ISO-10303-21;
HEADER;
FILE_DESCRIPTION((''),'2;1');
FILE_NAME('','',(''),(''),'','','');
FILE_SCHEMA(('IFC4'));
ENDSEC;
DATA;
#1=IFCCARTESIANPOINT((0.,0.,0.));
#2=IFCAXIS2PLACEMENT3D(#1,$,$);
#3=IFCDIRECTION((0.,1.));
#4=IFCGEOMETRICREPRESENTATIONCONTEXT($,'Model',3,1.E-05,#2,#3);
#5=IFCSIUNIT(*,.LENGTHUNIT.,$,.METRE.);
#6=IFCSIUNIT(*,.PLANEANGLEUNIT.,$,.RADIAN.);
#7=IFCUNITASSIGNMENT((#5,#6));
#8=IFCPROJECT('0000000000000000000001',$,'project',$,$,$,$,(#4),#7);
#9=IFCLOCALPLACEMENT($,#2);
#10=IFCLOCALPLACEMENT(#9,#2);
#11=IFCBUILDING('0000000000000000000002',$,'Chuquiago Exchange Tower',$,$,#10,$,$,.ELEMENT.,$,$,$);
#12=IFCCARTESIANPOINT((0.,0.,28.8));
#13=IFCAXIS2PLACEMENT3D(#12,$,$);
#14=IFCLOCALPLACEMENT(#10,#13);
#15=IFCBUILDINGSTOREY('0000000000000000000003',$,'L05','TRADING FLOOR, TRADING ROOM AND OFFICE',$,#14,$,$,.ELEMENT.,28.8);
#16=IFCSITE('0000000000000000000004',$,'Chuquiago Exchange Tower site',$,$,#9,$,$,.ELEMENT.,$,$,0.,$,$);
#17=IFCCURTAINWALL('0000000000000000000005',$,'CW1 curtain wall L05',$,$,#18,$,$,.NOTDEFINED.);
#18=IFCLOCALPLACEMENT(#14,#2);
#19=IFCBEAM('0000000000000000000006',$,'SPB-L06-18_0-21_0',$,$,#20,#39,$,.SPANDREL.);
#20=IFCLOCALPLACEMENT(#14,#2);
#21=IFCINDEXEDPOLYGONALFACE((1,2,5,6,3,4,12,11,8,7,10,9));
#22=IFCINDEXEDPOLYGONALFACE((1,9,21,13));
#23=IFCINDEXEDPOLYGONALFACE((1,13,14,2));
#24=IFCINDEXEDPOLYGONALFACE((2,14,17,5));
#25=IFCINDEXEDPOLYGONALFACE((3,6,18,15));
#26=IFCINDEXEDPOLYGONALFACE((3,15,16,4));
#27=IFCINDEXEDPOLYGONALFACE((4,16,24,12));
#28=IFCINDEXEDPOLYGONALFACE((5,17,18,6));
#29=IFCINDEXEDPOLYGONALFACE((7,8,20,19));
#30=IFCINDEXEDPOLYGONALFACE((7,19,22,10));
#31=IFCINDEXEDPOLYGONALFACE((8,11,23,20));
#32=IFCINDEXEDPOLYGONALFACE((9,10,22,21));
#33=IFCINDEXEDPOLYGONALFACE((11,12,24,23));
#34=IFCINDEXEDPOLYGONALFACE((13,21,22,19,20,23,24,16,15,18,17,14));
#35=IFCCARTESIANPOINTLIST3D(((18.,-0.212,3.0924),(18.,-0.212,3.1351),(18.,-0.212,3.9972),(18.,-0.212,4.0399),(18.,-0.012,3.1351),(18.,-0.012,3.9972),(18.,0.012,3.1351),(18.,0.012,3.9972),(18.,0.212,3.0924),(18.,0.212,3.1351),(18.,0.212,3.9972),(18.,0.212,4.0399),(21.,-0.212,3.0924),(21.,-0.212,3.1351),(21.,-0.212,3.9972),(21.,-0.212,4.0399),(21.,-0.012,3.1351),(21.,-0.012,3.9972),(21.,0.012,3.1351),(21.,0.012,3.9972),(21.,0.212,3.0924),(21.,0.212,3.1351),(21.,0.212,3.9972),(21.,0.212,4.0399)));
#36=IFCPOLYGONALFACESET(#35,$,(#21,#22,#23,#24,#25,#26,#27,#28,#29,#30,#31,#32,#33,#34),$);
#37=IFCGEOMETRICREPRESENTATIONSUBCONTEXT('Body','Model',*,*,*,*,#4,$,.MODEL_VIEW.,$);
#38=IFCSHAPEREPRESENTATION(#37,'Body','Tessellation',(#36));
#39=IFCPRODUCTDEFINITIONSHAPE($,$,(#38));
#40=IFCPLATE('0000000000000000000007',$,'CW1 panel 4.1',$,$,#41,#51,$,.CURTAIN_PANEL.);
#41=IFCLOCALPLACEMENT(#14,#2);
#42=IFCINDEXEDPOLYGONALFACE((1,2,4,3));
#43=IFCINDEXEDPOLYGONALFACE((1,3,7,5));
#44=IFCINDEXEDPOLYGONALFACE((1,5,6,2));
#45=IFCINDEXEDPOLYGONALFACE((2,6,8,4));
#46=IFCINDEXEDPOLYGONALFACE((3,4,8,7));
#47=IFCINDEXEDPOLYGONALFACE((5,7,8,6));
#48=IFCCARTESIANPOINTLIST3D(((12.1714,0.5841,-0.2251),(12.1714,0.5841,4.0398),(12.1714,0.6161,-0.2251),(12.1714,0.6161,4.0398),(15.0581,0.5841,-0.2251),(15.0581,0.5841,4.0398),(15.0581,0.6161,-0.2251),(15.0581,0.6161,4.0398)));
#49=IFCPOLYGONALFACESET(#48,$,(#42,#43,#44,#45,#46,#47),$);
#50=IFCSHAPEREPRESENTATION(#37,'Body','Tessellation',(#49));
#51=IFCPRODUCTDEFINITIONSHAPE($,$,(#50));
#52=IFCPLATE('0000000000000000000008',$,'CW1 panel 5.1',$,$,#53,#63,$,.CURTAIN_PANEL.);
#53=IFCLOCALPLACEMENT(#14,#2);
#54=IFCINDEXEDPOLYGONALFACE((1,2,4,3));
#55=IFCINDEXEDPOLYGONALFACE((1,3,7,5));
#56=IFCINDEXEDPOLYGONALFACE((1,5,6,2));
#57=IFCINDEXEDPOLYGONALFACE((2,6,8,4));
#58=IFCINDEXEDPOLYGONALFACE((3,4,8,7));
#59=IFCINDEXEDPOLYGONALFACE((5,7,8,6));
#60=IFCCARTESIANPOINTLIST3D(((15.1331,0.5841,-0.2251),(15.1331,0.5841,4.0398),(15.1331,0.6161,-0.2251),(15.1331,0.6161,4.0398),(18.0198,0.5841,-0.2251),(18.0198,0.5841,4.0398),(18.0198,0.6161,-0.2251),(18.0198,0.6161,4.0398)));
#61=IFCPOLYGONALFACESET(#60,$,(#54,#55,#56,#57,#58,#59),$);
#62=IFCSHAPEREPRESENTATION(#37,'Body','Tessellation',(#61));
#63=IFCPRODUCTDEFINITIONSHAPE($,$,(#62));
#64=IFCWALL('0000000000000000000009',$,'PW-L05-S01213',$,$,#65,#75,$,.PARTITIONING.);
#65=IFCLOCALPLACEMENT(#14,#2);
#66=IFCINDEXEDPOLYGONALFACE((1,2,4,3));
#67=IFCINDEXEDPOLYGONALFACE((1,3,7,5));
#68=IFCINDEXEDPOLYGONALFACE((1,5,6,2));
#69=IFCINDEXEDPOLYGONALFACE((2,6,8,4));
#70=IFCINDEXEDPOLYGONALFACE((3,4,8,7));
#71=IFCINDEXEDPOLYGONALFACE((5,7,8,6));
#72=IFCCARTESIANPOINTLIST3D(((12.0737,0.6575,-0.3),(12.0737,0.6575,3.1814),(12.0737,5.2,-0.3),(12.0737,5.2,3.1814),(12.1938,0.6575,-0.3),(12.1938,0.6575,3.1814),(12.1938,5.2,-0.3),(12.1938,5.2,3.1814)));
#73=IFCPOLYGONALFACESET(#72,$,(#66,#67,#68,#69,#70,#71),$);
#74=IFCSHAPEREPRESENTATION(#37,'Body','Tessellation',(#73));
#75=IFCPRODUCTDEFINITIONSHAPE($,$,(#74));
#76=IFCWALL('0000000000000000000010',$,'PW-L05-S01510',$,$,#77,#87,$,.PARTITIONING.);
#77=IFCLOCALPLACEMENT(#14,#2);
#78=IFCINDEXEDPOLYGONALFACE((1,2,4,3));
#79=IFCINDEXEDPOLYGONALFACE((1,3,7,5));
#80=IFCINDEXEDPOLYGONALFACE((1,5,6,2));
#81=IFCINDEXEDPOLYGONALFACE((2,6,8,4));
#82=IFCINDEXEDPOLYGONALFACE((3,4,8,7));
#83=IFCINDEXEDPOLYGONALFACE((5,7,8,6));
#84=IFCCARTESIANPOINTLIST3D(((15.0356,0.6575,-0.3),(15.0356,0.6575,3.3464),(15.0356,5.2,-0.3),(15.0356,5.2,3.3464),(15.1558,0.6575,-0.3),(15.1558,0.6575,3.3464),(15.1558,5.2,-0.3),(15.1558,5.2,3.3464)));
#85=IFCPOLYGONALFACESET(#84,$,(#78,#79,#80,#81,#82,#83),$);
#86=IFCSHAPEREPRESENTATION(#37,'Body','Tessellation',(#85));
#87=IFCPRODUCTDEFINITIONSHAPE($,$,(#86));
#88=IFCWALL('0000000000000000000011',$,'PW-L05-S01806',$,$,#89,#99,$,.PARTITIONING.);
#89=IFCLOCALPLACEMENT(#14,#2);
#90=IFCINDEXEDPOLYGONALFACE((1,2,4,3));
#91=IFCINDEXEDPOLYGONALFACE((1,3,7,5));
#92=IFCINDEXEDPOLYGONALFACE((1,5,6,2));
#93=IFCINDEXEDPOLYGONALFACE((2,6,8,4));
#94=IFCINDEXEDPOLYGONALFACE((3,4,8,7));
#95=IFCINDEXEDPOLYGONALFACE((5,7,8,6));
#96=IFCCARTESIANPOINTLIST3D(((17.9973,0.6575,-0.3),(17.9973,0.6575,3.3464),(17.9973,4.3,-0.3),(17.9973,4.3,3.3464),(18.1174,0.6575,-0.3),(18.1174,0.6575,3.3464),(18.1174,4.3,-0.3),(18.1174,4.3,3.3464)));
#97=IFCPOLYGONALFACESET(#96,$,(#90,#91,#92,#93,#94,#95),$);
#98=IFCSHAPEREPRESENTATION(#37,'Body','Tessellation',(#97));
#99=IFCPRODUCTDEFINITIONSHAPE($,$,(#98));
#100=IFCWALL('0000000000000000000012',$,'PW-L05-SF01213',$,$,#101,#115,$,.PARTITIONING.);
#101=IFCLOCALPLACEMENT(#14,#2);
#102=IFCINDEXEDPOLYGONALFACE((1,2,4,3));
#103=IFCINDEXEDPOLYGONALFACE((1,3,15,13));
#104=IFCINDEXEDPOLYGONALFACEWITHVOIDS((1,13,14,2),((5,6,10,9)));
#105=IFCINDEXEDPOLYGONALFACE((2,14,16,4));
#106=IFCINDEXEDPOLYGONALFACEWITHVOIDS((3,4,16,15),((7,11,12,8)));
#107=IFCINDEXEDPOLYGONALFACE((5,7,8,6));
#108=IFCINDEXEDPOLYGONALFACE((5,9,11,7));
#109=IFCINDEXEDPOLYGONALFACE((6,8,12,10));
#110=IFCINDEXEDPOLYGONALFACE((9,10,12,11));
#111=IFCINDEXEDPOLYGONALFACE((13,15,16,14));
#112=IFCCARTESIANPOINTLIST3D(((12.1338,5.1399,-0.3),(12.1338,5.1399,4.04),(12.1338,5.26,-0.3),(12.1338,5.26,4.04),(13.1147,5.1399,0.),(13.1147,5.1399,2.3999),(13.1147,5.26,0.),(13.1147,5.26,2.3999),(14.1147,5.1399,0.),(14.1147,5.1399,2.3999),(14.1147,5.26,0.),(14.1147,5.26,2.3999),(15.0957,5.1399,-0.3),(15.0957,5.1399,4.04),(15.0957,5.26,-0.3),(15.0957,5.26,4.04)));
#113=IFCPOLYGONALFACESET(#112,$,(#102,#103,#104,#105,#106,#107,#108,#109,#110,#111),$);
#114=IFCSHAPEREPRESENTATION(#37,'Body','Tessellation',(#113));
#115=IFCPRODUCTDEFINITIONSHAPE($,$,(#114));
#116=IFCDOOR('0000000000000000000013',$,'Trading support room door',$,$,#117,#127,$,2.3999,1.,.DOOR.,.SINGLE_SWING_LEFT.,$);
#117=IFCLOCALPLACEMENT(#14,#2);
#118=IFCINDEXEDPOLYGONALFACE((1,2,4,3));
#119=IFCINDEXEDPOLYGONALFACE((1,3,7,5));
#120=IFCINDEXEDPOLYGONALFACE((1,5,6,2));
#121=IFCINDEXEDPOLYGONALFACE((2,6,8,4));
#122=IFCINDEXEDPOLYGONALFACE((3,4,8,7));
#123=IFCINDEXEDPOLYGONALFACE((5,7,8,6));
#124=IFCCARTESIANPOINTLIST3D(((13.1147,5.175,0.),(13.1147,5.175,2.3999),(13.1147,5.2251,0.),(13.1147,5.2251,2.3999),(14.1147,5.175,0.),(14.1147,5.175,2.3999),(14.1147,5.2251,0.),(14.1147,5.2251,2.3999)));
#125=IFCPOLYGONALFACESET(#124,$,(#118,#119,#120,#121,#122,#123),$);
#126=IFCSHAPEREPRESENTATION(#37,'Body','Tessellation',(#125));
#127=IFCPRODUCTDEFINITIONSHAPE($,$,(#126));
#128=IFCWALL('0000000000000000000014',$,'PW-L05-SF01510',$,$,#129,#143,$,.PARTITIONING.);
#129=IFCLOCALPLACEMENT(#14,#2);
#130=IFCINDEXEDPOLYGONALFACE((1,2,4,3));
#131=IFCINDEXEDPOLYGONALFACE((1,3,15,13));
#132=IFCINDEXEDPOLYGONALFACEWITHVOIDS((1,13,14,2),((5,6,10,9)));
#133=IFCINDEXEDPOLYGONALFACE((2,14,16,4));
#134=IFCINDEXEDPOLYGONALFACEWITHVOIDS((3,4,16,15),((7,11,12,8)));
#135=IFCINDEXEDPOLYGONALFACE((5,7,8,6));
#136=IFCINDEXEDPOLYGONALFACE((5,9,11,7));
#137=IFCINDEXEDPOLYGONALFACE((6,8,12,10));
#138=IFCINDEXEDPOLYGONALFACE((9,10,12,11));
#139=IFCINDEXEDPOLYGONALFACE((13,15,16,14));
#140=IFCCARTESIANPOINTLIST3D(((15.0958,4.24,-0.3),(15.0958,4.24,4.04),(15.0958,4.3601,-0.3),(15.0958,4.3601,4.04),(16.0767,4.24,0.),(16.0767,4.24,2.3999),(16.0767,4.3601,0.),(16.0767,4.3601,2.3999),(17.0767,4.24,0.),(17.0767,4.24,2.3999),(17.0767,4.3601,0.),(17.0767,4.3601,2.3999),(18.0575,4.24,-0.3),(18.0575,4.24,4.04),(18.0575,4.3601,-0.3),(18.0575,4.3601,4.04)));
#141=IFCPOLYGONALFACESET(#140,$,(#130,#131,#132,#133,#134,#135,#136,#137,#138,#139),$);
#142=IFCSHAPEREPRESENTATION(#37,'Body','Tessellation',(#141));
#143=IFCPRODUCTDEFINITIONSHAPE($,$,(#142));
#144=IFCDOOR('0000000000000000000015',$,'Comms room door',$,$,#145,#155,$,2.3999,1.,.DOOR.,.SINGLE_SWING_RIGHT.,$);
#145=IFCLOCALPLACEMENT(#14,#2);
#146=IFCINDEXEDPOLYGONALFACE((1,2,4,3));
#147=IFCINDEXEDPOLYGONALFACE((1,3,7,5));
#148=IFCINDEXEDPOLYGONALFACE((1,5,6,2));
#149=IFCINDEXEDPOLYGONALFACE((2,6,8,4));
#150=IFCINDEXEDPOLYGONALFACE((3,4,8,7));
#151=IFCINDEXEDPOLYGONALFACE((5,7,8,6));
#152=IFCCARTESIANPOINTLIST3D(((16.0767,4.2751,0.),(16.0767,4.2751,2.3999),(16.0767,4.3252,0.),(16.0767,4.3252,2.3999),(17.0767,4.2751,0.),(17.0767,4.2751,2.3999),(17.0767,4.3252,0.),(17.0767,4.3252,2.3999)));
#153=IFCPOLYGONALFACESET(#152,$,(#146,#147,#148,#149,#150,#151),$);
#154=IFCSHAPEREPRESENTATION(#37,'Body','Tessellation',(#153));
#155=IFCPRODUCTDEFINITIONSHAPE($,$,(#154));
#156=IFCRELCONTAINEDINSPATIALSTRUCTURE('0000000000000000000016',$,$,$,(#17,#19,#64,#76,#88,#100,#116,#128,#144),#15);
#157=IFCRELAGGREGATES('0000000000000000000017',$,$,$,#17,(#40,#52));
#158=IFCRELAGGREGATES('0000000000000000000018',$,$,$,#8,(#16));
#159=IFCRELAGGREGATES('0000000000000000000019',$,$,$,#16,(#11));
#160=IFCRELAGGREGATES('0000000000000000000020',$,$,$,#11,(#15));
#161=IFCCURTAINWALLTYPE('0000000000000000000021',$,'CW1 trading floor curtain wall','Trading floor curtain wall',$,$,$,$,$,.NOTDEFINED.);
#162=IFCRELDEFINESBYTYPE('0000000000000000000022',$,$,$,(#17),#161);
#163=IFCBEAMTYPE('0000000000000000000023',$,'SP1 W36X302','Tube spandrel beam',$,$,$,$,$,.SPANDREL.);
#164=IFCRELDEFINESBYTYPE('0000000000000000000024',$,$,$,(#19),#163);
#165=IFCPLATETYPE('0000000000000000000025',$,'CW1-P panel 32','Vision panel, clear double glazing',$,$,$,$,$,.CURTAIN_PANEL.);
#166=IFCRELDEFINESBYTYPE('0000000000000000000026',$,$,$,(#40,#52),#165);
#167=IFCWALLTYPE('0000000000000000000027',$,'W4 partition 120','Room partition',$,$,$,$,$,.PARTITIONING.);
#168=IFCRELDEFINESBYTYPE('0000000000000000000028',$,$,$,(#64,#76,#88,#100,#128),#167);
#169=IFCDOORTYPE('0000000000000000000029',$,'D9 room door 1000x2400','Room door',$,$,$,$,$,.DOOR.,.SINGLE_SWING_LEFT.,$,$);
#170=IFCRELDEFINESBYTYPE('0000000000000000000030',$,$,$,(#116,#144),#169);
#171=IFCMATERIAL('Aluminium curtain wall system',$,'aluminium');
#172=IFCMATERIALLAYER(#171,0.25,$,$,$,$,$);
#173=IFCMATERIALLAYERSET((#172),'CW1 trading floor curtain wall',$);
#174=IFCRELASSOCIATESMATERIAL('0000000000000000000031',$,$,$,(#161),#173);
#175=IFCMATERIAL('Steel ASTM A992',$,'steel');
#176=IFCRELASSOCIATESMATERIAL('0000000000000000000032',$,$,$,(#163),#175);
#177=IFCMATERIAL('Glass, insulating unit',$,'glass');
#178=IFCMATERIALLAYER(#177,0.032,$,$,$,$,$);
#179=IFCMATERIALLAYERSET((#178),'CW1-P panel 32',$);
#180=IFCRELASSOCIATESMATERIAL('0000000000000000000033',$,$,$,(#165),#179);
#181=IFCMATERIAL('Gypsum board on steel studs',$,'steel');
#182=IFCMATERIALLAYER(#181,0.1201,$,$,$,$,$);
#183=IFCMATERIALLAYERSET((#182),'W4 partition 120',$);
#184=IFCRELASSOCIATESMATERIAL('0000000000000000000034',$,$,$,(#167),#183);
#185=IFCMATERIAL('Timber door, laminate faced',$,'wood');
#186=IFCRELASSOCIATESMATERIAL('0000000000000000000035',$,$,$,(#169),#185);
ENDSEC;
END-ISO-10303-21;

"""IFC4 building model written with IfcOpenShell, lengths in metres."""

from ifc_helpers import new_model, si_unit, direction, frame, frame_2d, origin, origin_2d, place, context, subcontext, project, spatial, rectangle, i_section, extrude, material, layer, layer_set, material_profile, profile_set, type_object, element, fill, aggregate, save


model = new_model("IFC4")

# Units and contexts
model_context = context("Model", 3, precision=1e-05, world=origin(), true_north=direction((0.0, 1.0)))
body_context = subcontext(model_context, "Body", "Model", "MODEL_VIEW")
ifc_project = project(units=[si_unit("LENGTHUNIT", "METRE"), si_unit("PLANEANGLEUNIT", "RADIAN")], contexts=[model_context])

# Site, building, storey
site_placement = place(None, origin())
site = spatial("IfcSite", under=ifc_project, at=site_placement, Name="Chuquiago Exchange Tower site", CompositionType="ELEMENT", RefElevation=0.0)
building_placement = place(site_placement, origin())
building = spatial("IfcBuilding", under=site, at=building_placement, Name="Chuquiago Exchange Tower", CompositionType="ELEMENT")
storey_placement = place(building_placement, frame((0.0, 0.0, 28.8)))
storey = spatial("IfcBuildingStorey", under=building, at=storey_placement, Name="L05", Description="TRADING FLOOR, TRADING ROOM AND OFFICE", CompositionType="ELEMENT", Elevation=28.8)

# Curtain wall
ifc_material_1 = material(Name="Aluminium curtain wall system", Category="aluminium")
ifc_layer_1 = layer(ifc_material_1, 0.25)
ifc_layer_set_1 = layer_set([ifc_layer_1], Name="CW1 trading floor curtain wall")
curtain_wall_type = type_object("IfcCurtainWallType", Name="CW1 trading floor curtain wall", Description="Trading floor curtain wall", PredefinedType="NOTDEFINED", material=ifc_layer_set_1)
curtain_wall_placement = place(storey_placement, origin())
curtain_wall = element("IfcCurtainWall", 1, at=curtain_wall_placement, inside=storey, type_object=curtain_wall_type, Name="CW1 curtain wall L05", PredefinedType="NOTDEFINED")

# Beam
ifc_material_2 = material(Name="Steel ASTM A992", Category="steel")
ifc_material_profile_1 = material_profile(ifc_material_2, i_section(OverallWidth=0.4241, OverallDepth=0.9475, WebThickness=0.0239, FlangeThickness=0.0427, at=origin_2d()), Name="W36X302")
ifc_profile_set_1 = profile_set([ifc_material_profile_1], Name="Steel ASTM A992")
beam_type_1 = type_object("IfcBeamType", Name="SP1 W36X302", Description="Tube spandrel beam", PredefinedType="SPANDREL", material=ifc_profile_set_1)
for number, where, z_axis, x_axis, name in (
    (2, (18.0, 0.0, 3.5662), (1.0, 0.0, 0.0), (0.0, 1.0, 0.0), "SPB-L06-18_0-21_0"),
):
    element("IfcBeam", number, at=place(storey_placement, frame(where, z_axis=z_axis, x_axis=x_axis)), inside=storey, type_object=beam_type_1, Name=name, PredefinedType="SPANDREL", context=body_context, shape_type="SweptSolid", body=[
        extrude(i_section(OverallWidth=0.4241, OverallDepth=0.9475, WebThickness=0.0239, FlangeThickness=0.0427, at=origin_2d()), origin(), (0.0, 0.0, 1.0), 3.0),
    ])

# Plates
ifc_material_3 = material(Name="Glass, insulating unit", Category="glass")
ifc_layer_2 = layer(ifc_material_3, 0.032)
ifc_layer_set_2 = layer_set([ifc_layer_2], Name="CW1-P panel 32")
plate_type = type_object("IfcPlateType", Name="CW1-P panel 32", Description="Vision panel, clear double glazing", PredefinedType="CURTAIN_PANEL", material=ifc_layer_set_2)
plate_1_placement = place(storey_placement, frame((13.6147, 0.6001, -0.2251), z_axis=(0.0, 0.0, 1.0), x_axis=(1.0, 0.0, 0.0)))
plate_1 = element("IfcPlate", 3, at=plate_1_placement, type_object=plate_type, Name="CW1 panel 4.1", PredefinedType="CURTAIN_PANEL", context=body_context, shape_type="SweptSolid", body=[
    extrude(rectangle(XDim=2.8867, YDim=0.032, at=origin_2d()), origin(), (0.0, 0.0, 1.0), 4.2649),
])
plate_2_placement = place(storey_placement, frame((16.5764, 0.6001, -0.2251), z_axis=(0.0, 0.0, 1.0), x_axis=(1.0, 0.0, 0.0)))
plate_2 = element("IfcPlate", 4, at=plate_2_placement, type_object=plate_type, Name="CW1 panel 5.1", PredefinedType="CURTAIN_PANEL", context=body_context, shape_type="SweptSolid", body=[
    extrude(rectangle(XDim=2.8867, YDim=0.032, at=origin_2d()), origin(), (0.0, 0.0, 1.0), 4.2649),
])
aggregate(curtain_wall, [plate_1, plate_2])

# Walls
ifc_material_4 = material(Name="Gypsum board on steel studs", Category="steel")
ifc_layer_3 = layer(ifc_material_4, 0.1201)
ifc_layer_set_3 = layer_set([ifc_layer_3], Name="W4 partition 120")
wall_type = type_object("IfcWallType", Name="W4 partition 120", Description="Room partition", PredefinedType="PARTITIONING", material=ifc_layer_set_3)
wall_1_placement = place(storey_placement, frame((12.1338, 0.6575, -0.3), z_axis=(0.0, 0.0, 1.0), x_axis=(0.0, 1.0, 0.0)))
element("IfcWall", 5, at=wall_1_placement, inside=storey, type_object=wall_type, Name="PW-L05-S01213", PredefinedType="PARTITIONING", context=body_context, shape_type="SweptSolid", body=[
    extrude(rectangle(XDim=4.5425, YDim=0.1201, at=frame_2d((2.2712, 0.0))), origin(), (0.0, 0.0, 1.0), 3.4814),
])
wall_2_placement = place(storey_placement, frame((15.0957, 0.6575, -0.3), z_axis=(0.0, 0.0, 1.0), x_axis=(0.0, 1.0, 0.0)))
element("IfcWall", 6, at=wall_2_placement, inside=storey, type_object=wall_type, Name="PW-L05-S01510", PredefinedType="PARTITIONING", context=body_context, shape_type="SweptSolid", body=[
    extrude(rectangle(XDim=4.5425, YDim=0.1201, at=frame_2d((2.2712, 0.0))), origin(), (0.0, 0.0, 1.0), 3.6465),
])
wall_3_placement = place(storey_placement, frame((18.0574, 0.6575, -0.3), z_axis=(0.0, 0.0, 1.0), x_axis=(0.0, 1.0, 0.0)))
element("IfcWall", 7, at=wall_3_placement, inside=storey, type_object=wall_type, Name="PW-L05-S01806", PredefinedType="PARTITIONING", context=body_context, shape_type="SweptSolid", body=[
    extrude(rectangle(XDim=3.6426, YDim=0.1201, at=frame_2d((1.8213, 0.0))), origin(), (0.0, 0.0, 1.0), 3.6465),
])

# Walls, openings, doors
wall_4_placement = place(storey_placement, frame((12.1338, 5.2, -0.3), z_axis=(0.0, 0.0, 1.0), x_axis=(1.0, 0.0, 0.0)))
wall_4 = element("IfcWall", 8, at=wall_4_placement, inside=storey, type_object=wall_type, Name="PW-L05-SF01213", PredefinedType="PARTITIONING", context=body_context, shape_type="SweptSolid", body=[
    extrude(rectangle(XDim=2.9619, YDim=0.1201, at=frame_2d((1.481, 0.0))), origin(), (0.0, 0.0, 1.0), 4.3401),
])
opening_1_placement = place(wall_4_placement, frame((0.981, 0.0, 0.3)))
opening_1 = element("IfcOpeningElement", 9, at=opening_1_placement, cuts=wall_4, PredefinedType="OPENING", context=body_context, shape_type="SweptSolid", body=[
    extrude(rectangle(XDim=1.0, YDim=2.3999, at=frame_2d((0.5, 1.2))), frame((0.0, 0.0701, 0.0), z_axis=(0.0, -1.0, 0.0), x_axis=(1.0, 0.0, 0.0)), (0.0, 0.0, 1.0), 0.1401),
])
ifc_material_5 = material(Name="Timber door, laminate faced", Category="wood")
door_type = type_object("IfcDoorType", Name="D9 room door 1000x2400", Description="Room door", OperationType="SINGLE_SWING_LEFT", PredefinedType="DOOR", material=ifc_material_5)
door_1_placement = place(opening_1_placement, frame((1.0, 0.0, 0.0), z_axis=(0.0, 0.0, 1.0), x_axis=(-1.0, 0.0, 0.0)))
door_1 = element("IfcDoor", 10, at=door_1_placement, inside=storey, type_object=door_type, Name="Trading support room door", OperationType="SINGLE_SWING_LEFT", OverallHeight=2.3999, OverallWidth=1.0, PredefinedType="DOOR", context=body_context, shape_type="SweptSolid", body=[
    extrude(rectangle(XDim=1.0, YDim=2.3999, at=frame_2d((0.5, 1.2))), frame((0.0, 0.0249, 0.0), z_axis=(0.0, -1.0, 0.0), x_axis=(1.0, 0.0, 0.0)), (0.0, 0.0, 1.0), 0.05),
])
fill(opening_1, door_1)
wall_5_placement = place(storey_placement, frame((15.0957, 4.3, -0.3), z_axis=(0.0, 0.0, 1.0), x_axis=(1.0, 0.0, 0.0)))
wall_5 = element("IfcWall", 11, at=wall_5_placement, inside=storey, type_object=wall_type, Name="PW-L05-SF01510", PredefinedType="PARTITIONING", context=body_context, shape_type="SweptSolid", body=[
    extrude(rectangle(XDim=2.9617, YDim=0.1201, at=frame_2d((1.481, 0.0))), origin(), (0.0, 0.0, 1.0), 4.3401),
])
opening_2_placement = place(wall_5_placement, frame((0.981, 0.0, 0.3)))
opening_2 = element("IfcOpeningElement", 12, at=opening_2_placement, cuts=wall_5, PredefinedType="OPENING", context=body_context, shape_type="SweptSolid", body=[
    extrude(rectangle(XDim=1.0, YDim=2.3999, at=frame_2d((0.5, 1.2))), frame((0.0, 0.0701, 0.0), z_axis=(0.0, -1.0, 0.0), x_axis=(1.0, 0.0, 0.0)), (0.0, 0.0, 1.0), 0.1401),
])
door_2_placement = place(opening_2_placement, frame((1.0, 0.0, 0.0), z_axis=(0.0, 0.0, 1.0), x_axis=(-1.0, 0.0, 0.0)))
door_2 = element("IfcDoor", 13, at=door_2_placement, inside=storey, type_object=door_type, Name="Comms room door", OperationType="SINGLE_SWING_RIGHT", OverallHeight=2.3999, OverallWidth=1.0, PredefinedType="DOOR", context=body_context, shape_type="SweptSolid", body=[
    extrude(rectangle(XDim=1.0, YDim=2.3999, at=frame_2d((0.5, 1.2))), frame((0.0, 0.0249, 0.0), z_axis=(0.0, -1.0, 0.0), x_axis=(1.0, 0.0, 0.0)), (0.0, 0.0, 1.0), 0.05),
])
fill(opening_2, door_2)

save(model, "model.ifc")
